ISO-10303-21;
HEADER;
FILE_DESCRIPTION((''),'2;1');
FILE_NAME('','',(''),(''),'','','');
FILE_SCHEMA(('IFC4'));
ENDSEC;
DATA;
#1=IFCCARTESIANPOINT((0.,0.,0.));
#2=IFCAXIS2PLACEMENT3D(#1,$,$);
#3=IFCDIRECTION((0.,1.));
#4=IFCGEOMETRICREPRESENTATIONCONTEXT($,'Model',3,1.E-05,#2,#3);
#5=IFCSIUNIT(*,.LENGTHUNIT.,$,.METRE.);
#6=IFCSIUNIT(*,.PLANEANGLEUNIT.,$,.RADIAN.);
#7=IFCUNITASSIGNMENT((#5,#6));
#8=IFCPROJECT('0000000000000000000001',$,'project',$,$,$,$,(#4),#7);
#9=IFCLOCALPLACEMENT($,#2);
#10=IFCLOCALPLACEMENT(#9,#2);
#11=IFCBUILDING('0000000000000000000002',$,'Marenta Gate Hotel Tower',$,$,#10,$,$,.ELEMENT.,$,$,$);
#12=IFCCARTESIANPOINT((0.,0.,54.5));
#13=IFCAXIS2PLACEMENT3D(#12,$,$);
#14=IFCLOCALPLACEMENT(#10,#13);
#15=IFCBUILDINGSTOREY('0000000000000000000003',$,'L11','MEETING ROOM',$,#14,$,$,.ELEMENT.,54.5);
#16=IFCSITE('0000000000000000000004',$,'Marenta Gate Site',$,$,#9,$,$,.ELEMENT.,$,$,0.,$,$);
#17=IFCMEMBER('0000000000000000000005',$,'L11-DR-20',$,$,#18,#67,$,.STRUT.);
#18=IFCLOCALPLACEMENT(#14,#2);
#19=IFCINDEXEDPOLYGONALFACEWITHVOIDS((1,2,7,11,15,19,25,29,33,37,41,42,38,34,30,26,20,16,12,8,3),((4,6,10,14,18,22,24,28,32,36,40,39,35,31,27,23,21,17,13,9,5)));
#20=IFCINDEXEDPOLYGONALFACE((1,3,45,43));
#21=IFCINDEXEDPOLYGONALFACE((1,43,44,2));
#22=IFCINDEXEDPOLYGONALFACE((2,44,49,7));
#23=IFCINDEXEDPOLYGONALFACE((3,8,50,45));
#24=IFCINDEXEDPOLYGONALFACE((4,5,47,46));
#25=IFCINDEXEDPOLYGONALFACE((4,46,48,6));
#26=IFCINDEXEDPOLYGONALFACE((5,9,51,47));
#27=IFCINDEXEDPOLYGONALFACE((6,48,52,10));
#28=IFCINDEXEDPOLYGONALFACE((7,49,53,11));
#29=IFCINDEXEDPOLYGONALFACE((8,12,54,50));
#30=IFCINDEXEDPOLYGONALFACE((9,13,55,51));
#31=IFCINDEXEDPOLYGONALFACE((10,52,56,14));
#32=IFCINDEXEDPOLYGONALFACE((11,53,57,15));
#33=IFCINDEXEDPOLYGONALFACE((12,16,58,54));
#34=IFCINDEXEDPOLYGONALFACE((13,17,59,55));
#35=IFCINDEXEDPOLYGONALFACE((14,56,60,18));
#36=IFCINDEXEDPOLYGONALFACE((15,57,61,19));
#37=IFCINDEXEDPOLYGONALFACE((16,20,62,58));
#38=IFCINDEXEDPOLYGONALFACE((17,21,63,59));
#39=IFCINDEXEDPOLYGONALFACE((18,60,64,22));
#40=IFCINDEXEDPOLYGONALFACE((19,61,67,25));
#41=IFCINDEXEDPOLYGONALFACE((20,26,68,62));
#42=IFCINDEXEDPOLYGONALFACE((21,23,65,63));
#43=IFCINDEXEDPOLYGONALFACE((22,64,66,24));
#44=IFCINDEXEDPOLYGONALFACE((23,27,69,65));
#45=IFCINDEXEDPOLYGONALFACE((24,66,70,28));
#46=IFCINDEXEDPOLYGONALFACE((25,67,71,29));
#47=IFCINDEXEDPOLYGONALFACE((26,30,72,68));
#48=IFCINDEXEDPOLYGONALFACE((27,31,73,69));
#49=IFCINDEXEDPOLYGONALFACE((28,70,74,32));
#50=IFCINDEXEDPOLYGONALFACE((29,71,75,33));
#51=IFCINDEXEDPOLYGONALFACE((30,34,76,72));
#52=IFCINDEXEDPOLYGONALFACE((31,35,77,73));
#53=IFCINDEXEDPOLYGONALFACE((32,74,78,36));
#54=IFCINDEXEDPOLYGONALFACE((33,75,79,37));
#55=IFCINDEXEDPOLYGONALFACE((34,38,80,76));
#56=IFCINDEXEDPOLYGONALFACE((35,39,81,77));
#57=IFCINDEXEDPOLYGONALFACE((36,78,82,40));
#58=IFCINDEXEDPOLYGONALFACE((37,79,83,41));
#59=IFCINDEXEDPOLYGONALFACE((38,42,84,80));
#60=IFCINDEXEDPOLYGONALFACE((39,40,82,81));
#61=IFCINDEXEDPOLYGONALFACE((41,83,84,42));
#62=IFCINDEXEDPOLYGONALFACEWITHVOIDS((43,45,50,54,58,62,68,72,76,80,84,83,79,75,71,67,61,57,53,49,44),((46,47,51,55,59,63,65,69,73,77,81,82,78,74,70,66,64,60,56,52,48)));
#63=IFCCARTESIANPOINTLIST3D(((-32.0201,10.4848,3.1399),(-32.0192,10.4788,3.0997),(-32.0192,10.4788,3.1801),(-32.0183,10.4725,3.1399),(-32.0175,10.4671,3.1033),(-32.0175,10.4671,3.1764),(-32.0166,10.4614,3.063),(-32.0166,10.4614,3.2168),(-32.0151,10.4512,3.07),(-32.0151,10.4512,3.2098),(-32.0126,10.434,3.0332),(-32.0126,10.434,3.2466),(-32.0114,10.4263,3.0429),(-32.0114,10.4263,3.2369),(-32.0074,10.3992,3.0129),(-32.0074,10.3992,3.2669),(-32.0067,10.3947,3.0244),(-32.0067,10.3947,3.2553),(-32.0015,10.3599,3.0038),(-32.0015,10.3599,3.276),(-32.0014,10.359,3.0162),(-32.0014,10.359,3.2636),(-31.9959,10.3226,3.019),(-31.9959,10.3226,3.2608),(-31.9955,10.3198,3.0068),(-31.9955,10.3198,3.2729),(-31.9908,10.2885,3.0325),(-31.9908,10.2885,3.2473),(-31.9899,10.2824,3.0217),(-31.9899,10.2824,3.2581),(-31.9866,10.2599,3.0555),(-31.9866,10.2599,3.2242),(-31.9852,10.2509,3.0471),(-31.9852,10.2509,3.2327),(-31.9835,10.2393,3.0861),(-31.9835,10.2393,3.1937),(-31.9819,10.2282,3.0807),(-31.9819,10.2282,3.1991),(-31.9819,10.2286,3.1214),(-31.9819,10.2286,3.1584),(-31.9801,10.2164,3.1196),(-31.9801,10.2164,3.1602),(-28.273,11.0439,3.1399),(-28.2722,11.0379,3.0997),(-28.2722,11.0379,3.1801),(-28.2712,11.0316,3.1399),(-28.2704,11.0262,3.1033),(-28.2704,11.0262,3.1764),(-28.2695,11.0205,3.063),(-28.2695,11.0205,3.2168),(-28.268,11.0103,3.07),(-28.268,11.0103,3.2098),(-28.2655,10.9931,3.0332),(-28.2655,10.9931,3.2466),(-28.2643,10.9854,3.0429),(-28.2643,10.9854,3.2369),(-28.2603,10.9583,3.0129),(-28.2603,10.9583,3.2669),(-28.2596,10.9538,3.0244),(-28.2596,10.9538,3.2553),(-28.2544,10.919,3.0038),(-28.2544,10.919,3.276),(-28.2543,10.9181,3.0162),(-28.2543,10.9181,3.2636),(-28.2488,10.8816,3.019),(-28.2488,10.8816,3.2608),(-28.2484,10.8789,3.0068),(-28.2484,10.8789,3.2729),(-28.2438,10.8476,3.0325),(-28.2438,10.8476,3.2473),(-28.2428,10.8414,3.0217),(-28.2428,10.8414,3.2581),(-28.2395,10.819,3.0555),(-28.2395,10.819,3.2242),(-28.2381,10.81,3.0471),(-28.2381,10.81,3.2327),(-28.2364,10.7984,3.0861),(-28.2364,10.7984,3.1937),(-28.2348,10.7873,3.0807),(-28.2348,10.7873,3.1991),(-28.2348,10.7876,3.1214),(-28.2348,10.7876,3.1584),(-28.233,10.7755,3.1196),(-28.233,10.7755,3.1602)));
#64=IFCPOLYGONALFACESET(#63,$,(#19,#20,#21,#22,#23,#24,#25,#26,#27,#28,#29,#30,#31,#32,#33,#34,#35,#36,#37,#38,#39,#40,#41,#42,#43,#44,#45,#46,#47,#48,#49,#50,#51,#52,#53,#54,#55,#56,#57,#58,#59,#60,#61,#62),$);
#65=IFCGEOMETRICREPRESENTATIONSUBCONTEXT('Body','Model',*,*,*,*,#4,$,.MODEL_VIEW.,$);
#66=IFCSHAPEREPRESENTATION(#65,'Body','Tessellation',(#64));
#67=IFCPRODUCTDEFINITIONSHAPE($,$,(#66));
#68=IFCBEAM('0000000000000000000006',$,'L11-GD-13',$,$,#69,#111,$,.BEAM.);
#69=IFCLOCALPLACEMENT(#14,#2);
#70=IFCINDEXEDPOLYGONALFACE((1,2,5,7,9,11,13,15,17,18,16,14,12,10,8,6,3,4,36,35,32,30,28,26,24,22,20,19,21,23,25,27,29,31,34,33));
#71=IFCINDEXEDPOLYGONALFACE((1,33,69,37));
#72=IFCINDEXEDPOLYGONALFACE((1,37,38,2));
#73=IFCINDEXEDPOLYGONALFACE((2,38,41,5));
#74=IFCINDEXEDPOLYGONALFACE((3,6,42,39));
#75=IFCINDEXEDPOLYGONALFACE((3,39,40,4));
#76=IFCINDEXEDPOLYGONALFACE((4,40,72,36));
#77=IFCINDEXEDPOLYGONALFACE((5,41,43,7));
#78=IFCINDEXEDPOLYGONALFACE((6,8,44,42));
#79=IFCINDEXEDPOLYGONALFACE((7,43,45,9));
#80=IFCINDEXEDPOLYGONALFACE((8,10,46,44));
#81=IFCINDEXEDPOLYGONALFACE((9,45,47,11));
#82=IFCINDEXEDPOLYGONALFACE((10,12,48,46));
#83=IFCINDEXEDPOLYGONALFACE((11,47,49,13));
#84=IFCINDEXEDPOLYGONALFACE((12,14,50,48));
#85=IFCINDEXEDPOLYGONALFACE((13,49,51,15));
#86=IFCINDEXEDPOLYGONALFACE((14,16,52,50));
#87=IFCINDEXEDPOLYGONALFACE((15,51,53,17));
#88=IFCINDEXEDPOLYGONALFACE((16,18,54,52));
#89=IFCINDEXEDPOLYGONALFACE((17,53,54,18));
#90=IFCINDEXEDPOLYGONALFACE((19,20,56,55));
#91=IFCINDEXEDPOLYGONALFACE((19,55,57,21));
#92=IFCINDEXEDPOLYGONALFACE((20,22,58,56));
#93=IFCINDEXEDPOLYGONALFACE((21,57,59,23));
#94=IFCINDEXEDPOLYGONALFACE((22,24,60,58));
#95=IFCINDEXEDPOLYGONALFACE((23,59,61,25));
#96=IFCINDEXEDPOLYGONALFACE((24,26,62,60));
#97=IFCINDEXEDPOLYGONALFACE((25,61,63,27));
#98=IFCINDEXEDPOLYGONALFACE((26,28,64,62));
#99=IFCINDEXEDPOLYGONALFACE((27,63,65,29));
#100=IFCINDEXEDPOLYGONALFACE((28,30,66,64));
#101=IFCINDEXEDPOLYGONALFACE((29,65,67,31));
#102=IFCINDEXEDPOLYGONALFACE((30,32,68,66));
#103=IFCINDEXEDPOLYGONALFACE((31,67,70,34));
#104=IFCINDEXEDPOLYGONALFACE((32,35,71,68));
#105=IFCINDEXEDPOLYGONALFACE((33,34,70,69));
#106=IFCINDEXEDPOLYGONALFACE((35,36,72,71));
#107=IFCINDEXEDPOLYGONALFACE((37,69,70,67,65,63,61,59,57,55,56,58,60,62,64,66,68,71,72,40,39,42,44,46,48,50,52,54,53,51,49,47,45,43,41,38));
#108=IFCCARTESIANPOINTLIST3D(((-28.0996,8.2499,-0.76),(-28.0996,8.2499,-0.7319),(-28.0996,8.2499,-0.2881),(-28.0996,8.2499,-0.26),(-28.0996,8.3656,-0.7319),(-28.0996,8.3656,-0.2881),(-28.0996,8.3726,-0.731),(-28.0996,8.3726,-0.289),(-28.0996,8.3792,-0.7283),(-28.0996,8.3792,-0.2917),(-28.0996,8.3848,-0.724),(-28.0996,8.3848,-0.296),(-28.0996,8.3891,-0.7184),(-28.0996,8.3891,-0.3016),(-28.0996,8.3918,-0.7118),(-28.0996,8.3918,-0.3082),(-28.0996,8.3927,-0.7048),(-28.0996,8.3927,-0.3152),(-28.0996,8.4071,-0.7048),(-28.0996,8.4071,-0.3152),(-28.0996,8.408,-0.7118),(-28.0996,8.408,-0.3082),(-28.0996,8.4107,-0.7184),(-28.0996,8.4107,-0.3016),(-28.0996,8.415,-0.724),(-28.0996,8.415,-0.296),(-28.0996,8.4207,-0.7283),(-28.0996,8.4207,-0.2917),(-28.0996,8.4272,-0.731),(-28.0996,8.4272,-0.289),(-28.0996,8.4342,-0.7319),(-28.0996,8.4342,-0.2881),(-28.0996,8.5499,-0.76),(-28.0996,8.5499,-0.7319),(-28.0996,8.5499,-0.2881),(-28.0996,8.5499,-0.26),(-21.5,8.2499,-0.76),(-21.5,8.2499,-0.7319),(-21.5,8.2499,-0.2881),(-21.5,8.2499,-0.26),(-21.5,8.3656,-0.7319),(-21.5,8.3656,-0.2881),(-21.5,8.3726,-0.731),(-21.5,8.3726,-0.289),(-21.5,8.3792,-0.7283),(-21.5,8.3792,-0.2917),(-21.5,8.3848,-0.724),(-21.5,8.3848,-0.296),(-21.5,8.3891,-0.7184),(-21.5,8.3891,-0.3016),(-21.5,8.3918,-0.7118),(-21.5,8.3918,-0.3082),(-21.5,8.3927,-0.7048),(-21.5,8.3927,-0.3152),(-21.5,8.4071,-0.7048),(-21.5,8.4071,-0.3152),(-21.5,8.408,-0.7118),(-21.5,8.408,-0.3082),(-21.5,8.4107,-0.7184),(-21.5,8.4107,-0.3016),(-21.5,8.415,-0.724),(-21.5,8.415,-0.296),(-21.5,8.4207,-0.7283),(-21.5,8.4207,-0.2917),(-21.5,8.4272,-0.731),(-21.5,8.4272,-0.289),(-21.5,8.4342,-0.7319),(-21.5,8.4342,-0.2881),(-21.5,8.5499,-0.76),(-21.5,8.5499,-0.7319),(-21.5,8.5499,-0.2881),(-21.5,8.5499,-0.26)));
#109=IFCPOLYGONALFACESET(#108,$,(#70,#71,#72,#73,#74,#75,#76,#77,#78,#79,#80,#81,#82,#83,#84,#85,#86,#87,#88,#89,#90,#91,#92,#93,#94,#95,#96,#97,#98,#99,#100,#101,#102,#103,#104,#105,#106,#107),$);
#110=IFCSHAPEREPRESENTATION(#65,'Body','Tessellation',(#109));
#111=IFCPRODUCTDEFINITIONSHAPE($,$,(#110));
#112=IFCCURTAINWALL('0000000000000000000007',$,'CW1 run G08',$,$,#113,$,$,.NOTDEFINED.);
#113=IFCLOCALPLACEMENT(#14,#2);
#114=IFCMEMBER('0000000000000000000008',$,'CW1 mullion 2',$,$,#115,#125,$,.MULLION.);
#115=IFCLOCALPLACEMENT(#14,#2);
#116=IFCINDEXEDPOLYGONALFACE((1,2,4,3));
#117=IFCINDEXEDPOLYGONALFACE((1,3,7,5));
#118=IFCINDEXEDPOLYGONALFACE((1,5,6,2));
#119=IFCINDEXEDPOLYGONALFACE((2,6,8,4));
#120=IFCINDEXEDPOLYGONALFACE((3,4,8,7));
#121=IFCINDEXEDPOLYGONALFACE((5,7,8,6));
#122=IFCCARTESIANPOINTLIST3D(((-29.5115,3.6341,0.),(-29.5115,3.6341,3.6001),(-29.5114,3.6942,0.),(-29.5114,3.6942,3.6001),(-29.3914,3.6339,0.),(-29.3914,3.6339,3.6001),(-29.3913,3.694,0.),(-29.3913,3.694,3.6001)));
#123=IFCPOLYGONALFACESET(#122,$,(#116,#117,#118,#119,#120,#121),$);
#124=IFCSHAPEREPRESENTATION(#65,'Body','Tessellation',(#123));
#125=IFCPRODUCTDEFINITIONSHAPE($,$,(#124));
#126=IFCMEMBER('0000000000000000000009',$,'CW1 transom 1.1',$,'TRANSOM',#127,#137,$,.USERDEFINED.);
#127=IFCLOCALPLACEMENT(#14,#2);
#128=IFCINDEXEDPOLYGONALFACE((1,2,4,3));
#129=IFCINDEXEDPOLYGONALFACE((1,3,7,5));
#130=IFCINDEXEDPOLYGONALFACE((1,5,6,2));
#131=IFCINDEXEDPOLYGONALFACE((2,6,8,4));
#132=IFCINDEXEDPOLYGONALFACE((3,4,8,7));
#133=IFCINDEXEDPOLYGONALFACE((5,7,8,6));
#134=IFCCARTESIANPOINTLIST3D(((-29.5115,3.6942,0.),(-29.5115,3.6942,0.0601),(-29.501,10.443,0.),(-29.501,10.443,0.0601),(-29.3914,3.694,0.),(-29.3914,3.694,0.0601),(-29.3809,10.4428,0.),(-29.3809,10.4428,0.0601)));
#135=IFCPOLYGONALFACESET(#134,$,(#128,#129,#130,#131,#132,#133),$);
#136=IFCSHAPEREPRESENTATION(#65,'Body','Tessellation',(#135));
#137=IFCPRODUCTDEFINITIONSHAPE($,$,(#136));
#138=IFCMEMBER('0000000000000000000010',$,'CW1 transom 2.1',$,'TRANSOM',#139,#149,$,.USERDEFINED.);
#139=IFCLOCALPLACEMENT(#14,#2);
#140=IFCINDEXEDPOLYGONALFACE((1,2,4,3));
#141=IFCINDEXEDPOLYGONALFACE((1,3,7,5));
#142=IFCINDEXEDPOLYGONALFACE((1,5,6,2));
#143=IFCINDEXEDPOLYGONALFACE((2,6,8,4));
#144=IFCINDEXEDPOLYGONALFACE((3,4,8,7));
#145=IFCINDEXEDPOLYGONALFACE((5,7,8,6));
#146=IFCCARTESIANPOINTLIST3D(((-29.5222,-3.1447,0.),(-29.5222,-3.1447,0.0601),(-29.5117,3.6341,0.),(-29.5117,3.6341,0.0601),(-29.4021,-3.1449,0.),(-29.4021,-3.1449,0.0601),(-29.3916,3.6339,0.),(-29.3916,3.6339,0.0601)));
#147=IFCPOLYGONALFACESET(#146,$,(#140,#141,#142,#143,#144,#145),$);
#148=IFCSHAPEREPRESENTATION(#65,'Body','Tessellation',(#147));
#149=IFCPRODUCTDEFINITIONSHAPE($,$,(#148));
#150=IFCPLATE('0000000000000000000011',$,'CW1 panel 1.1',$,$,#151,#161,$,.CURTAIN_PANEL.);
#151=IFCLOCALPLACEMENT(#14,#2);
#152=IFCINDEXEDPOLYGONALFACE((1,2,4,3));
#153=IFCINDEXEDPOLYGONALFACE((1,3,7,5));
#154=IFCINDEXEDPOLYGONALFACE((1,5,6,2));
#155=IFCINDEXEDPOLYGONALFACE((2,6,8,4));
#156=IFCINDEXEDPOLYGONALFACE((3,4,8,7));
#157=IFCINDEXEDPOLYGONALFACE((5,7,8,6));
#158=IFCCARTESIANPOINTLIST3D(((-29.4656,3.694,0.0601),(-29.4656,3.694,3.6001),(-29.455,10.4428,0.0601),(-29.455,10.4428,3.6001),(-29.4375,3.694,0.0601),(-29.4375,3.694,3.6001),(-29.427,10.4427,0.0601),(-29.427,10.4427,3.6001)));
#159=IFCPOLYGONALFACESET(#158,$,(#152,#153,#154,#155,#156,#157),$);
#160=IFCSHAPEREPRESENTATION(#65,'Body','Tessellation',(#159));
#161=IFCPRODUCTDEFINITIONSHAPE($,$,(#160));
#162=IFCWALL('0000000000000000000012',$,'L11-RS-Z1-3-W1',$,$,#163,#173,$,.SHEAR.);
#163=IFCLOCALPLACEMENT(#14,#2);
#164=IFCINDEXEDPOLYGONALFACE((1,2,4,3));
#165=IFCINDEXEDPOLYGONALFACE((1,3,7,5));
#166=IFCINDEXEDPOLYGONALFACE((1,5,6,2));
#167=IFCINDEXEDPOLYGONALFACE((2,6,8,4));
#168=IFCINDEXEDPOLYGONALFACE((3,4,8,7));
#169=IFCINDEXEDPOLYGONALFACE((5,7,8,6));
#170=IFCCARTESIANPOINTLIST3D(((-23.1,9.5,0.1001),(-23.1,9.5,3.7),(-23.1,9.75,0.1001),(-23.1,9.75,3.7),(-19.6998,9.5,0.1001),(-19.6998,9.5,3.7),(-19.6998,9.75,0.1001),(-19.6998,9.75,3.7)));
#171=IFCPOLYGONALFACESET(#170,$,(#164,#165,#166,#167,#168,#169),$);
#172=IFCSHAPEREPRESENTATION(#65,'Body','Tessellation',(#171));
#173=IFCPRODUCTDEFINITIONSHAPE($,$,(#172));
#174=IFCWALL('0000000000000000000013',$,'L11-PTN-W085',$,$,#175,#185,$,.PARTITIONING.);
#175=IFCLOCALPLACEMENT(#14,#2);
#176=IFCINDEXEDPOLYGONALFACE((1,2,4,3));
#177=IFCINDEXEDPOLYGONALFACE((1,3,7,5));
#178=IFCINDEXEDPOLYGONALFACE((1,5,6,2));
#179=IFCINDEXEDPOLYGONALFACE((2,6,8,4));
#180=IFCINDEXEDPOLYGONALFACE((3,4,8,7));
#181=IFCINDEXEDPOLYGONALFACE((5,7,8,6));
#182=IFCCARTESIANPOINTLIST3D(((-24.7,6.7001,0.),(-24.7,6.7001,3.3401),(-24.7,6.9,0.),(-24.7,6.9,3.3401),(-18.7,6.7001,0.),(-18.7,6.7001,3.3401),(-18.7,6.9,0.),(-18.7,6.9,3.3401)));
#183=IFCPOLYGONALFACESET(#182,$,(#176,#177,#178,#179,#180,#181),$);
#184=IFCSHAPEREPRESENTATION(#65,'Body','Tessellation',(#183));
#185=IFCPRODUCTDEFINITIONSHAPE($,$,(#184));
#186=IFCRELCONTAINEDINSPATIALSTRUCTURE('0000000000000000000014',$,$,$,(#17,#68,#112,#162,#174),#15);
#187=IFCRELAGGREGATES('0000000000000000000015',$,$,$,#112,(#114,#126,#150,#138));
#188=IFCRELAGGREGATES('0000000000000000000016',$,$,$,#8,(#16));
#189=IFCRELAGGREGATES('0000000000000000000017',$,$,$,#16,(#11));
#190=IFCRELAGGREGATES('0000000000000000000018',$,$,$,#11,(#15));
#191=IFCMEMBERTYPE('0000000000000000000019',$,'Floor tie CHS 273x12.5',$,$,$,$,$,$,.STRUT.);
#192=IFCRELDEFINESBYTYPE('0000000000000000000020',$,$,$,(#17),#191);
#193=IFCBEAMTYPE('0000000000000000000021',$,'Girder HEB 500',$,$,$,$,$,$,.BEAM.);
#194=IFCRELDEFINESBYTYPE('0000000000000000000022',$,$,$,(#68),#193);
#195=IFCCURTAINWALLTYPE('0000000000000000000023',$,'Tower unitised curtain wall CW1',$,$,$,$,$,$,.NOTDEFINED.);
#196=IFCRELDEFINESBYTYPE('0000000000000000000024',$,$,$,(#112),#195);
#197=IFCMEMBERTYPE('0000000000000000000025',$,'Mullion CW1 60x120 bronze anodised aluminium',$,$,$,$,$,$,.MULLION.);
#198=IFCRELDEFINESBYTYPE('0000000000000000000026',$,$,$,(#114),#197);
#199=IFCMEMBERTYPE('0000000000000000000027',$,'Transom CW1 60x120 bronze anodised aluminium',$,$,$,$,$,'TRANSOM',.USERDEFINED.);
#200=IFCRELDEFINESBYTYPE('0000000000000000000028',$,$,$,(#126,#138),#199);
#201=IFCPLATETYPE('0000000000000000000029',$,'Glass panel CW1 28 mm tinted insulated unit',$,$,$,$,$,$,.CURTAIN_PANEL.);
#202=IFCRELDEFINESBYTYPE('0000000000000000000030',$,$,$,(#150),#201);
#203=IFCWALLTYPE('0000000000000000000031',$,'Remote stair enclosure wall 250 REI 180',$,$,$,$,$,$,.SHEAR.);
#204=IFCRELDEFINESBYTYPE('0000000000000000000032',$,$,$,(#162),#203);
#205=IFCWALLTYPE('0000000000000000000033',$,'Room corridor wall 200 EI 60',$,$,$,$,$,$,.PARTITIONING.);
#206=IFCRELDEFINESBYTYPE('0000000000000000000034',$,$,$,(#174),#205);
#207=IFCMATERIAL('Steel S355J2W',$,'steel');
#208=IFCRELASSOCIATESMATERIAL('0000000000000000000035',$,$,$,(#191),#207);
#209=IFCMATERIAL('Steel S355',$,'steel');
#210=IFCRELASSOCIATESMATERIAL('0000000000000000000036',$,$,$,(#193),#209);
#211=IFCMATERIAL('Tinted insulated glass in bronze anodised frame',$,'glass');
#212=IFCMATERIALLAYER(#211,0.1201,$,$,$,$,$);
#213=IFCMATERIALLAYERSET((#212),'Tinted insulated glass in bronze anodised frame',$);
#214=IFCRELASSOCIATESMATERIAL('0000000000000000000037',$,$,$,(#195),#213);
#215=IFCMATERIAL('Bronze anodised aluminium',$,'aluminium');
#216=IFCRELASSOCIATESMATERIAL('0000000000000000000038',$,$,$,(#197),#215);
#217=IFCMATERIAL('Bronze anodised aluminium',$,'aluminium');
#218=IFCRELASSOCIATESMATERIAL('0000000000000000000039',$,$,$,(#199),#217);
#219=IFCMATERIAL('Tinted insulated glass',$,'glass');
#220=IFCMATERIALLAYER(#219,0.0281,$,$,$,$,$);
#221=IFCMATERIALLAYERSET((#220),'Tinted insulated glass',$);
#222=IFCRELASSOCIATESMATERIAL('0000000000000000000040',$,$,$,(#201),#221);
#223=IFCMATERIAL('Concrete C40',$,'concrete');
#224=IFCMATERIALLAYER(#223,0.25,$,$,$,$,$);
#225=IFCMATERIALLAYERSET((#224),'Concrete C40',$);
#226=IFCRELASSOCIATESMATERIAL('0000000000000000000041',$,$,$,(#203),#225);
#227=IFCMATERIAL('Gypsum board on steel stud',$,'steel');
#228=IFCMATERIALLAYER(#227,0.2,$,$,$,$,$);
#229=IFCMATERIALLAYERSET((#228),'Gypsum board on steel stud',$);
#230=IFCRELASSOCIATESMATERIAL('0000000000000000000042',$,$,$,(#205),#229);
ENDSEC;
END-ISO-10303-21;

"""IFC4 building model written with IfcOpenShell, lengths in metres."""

from ifc_helpers import new_model, si_unit, direction, frame, frame_2d, origin, origin_2d, place, context, subcontext, project, spatial, rectangle, hollow_circle, i_section, extrude, material, layer, layer_set, material_profile, profile_set, type_object, element, aggregate, save


model = new_model("IFC4")

# Units and contexts
model_context = context("Model", 3, precision=1e-05, world=origin(), true_north=direction((0.0, 1.0)))
body_context = subcontext(model_context, "Body", "Model", "MODEL_VIEW")
ifc_project = project(units=[si_unit("LENGTHUNIT", "METRE"), si_unit("PLANEANGLEUNIT", "RADIAN")], contexts=[model_context])

# Site, building, storey
site_placement = place(None, origin())
site = spatial("IfcSite", under=ifc_project, at=site_placement, Name="Marenta Gate Site", CompositionType="ELEMENT", RefElevation=0.0)
building_placement = place(site_placement, origin())
building = spatial("IfcBuilding", under=site, at=building_placement, Name="Marenta Gate Hotel Tower", CompositionType="ELEMENT")
storey_placement = place(building_placement, frame((0.0, 0.0, 54.5)))
storey = spatial("IfcBuildingStorey", under=building, at=storey_placement, Name="L11", Description="MEETING ROOM", CompositionType="ELEMENT", Elevation=54.5)

# Member
ifc_material_1 = material(Name="Steel S355J2W", Category="steel")
ifc_material_profile_1 = material_profile(ifc_material_1, hollow_circle(Radius=0.1365, WallThickness=0.0125, at=origin_2d()), Name="CHS 273x12.5")
ifc_profile_set_1 = profile_set([ifc_material_profile_1], Name="Steel S355J2W")
member_type_1 = type_object("IfcMemberType", Name="Floor tie CHS 273x12.5", PredefinedType="STRUT", material=ifc_profile_set_1)
member_1_placement = place(storey_placement, frame((-32.0, 10.3499, 3.1399), z_axis=(0.989051, 0.147572, 0.0), x_axis=(-0.147572, 0.989051, 0.0)))
element("IfcMember", 1, at=member_1_placement, inside=storey, type_object=member_type_1, Name="L11-DR-20", PredefinedType="STRUT", context=body_context, shape_type="SweptSolid", body=[
    extrude(hollow_circle(Radius=0.1365, WallThickness=0.0125, at=origin_2d()), origin(), (0.0, 0.0, 1.0), 3.7886),
])

# Beam
ifc_material_2 = material(Name="Steel S355", Category="steel")
ifc_material_profile_2 = material_profile(ifc_material_2, i_section(OverallWidth=0.3, OverallDepth=0.5, WebThickness=0.0144, FlangeThickness=0.0281, FilletRadius=0.0271, at=origin_2d()), Name="HEB 500")
ifc_profile_set_2 = profile_set([ifc_material_profile_2], Name="Steel S355")
beam_type = type_object("IfcBeamType", Name="Girder HEB 500", PredefinedType="BEAM", material=ifc_profile_set_2)
beam_placement = place(storey_placement, frame((-28.0996, 8.3999, -0.51), z_axis=(1.0, 0.0, 0.0), x_axis=(0.0, 1.0, 0.0)))
element("IfcBeam", 2, at=beam_placement, inside=storey, type_object=beam_type, Name="L11-GD-13", PredefinedType="BEAM", context=body_context, shape_type="SweptSolid", body=[
    extrude(i_section(OverallWidth=0.3, OverallDepth=0.5, WebThickness=0.0144, FlangeThickness=0.0281, FilletRadius=0.0271, at=origin_2d()), origin(), (0.0, 0.0, 1.0), 6.5996),
])

# Curtain wall, members, plate
ifc_material_3 = material(Name="Tinted insulated glass in bronze anodised frame", Category="glass")
ifc_layer_1 = layer(ifc_material_3, 0.1201)
ifc_layer_set_1 = layer_set([ifc_layer_1], Name="Tinted insulated glass in bronze anodised frame")
curtain_wall_type = type_object("IfcCurtainWallType", Name="Tower unitised curtain wall CW1", PredefinedType="NOTDEFINED", material=ifc_layer_set_1)
curtain_wall_placement = place(storey_placement, origin())
curtain_wall = element("IfcCurtainWall", 3, at=curtain_wall_placement, inside=storey, type_object=curtain_wall_type, Name="CW1 run G08", PredefinedType="NOTDEFINED")
ifc_material_4 = material(Name="Bronze anodised aluminium", Category="aluminium")
ifc_material_profile_3 = material_profile(ifc_material_4, rectangle(XDim=0.1201, YDim=0.0601, at=origin_2d()), Name="Mullion CW1 60x120 bronze anodised aluminium")
ifc_profile_set_3 = profile_set([ifc_material_profile_3], Name="Bronze anodised aluminium")
member_type_2 = type_object("IfcMemberType", Name="Mullion CW1 60x120 bronze anodised aluminium", PredefinedType="MULLION", material=ifc_profile_set_3)
member_2_placement = place(storey_placement, frame((-29.4514, 3.6641, 0.0), z_axis=(0.0, 0.0, 1.0), x_axis=(0.999999, -0.001565, 0.0)))
member_2 = element("IfcMember", 4, at=member_2_placement, type_object=member_type_2, Name="CW1 mullion 2", PredefinedType="MULLION", context=body_context, shape_type="SweptSolid", body=[
    extrude(rectangle(XDim=0.1201, YDim=0.0601, at=origin_2d()), origin(), (0.0, 0.0, 1.0), 3.6001),
])
ifc_material_5 = material(Name="Bronze anodised aluminium", Category="aluminium")
ifc_material_profile_4 = material_profile(ifc_material_5, rectangle(XDim=0.1201, YDim=0.0601, at=origin_2d()), Name="Transom CW1 60x120 bronze anodised aluminium")
ifc_profile_set_4 = profile_set([ifc_material_profile_4], Name="Bronze anodised aluminium")
member_type_3 = type_object("IfcMemberType", Name="Transom CW1 60x120 bronze anodised aluminium", ElementType="TRANSOM", PredefinedType="USERDEFINED", material=ifc_profile_set_4)
member_3_placement = place(storey_placement, frame((-29.4409, 10.4429, 0.03), z_axis=(-0.001556, -0.999999, 0.0), x_axis=(0.999999, -0.001556, 0.0)))
member_3 = element("IfcMember", 5, at=member_3_placement, type_object=member_type_3, Name="CW1 transom 1.1", ObjectType="TRANSOM", PredefinedType="USERDEFINED", context=body_context, shape_type="SweptSolid", body=[
    extrude(rectangle(XDim=0.1201, YDim=0.0601, at=origin_2d()), origin(), (0.0, 0.0, 1.0), 6.7488),
])
member_4_placement = place(storey_placement, frame((-29.4517, 3.634, 0.03), z_axis=(-0.001549, -0.999999, 0.0), x_axis=(0.999999, -0.001549, 0.0)))
member_4 = element("IfcMember", 6, at=member_4_placement, type_object=member_type_3, Name="CW1 transom 2.1", ObjectType="TRANSOM", PredefinedType="USERDEFINED", context=body_context, shape_type="SweptSolid", body=[
    extrude(rectangle(XDim=0.1201, YDim=0.0601, at=origin_2d()), origin(), (0.0, 0.0, 1.0), 6.7788),
])
ifc_material_6 = material(Name="Tinted insulated glass", Category="glass")
ifc_layer_2 = layer(ifc_material_6, 0.0281)
ifc_layer_set_2 = layer_set([ifc_layer_2], Name="Tinted insulated glass")
plate_type = type_object("IfcPlateType", Name="Glass panel CW1 28 mm tinted insulated unit", PredefinedType="CURTAIN_PANEL", material=ifc_layer_set_2)
plate_placement = place(storey_placement, frame((-29.4463, 7.0684, 0.0601), z_axis=(0.0, 0.0, 1.0), x_axis=(-0.001565, -0.999999, 0.0)))
plate = element("IfcPlate", 7, at=plate_placement, type_object=plate_type, Name="CW1 panel 1.1", PredefinedType="CURTAIN_PANEL", context=body_context, shape_type="SweptSolid", body=[
    extrude(rectangle(XDim=6.7488, YDim=0.0281, at=origin_2d()), origin(), (0.0, 0.0, 1.0), 3.54),
])
aggregate(curtain_wall, [member_2, member_3, plate, member_4])

# Walls
ifc_material_7 = material(Name="Concrete C40", Category="concrete")
ifc_layer_3 = layer(ifc_material_7, 0.25)
ifc_layer_set_3 = layer_set([ifc_layer_3], Name="Concrete C40")
wall_type_1 = type_object("IfcWallType", Name="Remote stair enclosure wall 250 REI 180", PredefinedType="SHEAR", material=ifc_layer_set_3)
wall_1_placement = place(storey_placement, frame((-23.1001, 9.625, 0.1001), z_axis=(0.0, 0.0, 1.0), x_axis=(1.0, 0.0, 0.0)))
element("IfcWall", 8, at=wall_1_placement, inside=storey, type_object=wall_type_1, Name="L11-RS-Z1-3-W1", PredefinedType="SHEAR", context=body_context, shape_type="SweptSolid", body=[
    extrude(rectangle(XDim=3.4001, YDim=0.25, at=frame_2d((1.7002, 0.0))), origin(), (0.0, 0.0, 1.0), 3.5999),
])
ifc_material_8 = material(Name="Gypsum board on steel stud", Category="steel")
ifc_layer_4 = layer(ifc_material_8, 0.2)
ifc_layer_set_4 = layer_set([ifc_layer_4], Name="Gypsum board on steel stud")
wall_type_2 = type_object("IfcWallType", Name="Room corridor wall 200 EI 60", PredefinedType="PARTITIONING", material=ifc_layer_set_4)
wall_2_placement = place(storey_placement, frame((-24.7, 6.8, 0.0), z_axis=(0.0, 0.0, 1.0), x_axis=(1.0, 0.0, 0.0)))
element("IfcWall", 9, at=wall_2_placement, inside=storey, type_object=wall_type_2, Name="L11-PTN-W085", PredefinedType="PARTITIONING", context=body_context, shape_type="SweptSolid", body=[
    extrude(rectangle(XDim=6.0, YDim=0.2, at=frame_2d((3.0, 0.0))), origin(), (0.0, 0.0, 1.0), 3.3401),
])

save(model, "model.ifc")
